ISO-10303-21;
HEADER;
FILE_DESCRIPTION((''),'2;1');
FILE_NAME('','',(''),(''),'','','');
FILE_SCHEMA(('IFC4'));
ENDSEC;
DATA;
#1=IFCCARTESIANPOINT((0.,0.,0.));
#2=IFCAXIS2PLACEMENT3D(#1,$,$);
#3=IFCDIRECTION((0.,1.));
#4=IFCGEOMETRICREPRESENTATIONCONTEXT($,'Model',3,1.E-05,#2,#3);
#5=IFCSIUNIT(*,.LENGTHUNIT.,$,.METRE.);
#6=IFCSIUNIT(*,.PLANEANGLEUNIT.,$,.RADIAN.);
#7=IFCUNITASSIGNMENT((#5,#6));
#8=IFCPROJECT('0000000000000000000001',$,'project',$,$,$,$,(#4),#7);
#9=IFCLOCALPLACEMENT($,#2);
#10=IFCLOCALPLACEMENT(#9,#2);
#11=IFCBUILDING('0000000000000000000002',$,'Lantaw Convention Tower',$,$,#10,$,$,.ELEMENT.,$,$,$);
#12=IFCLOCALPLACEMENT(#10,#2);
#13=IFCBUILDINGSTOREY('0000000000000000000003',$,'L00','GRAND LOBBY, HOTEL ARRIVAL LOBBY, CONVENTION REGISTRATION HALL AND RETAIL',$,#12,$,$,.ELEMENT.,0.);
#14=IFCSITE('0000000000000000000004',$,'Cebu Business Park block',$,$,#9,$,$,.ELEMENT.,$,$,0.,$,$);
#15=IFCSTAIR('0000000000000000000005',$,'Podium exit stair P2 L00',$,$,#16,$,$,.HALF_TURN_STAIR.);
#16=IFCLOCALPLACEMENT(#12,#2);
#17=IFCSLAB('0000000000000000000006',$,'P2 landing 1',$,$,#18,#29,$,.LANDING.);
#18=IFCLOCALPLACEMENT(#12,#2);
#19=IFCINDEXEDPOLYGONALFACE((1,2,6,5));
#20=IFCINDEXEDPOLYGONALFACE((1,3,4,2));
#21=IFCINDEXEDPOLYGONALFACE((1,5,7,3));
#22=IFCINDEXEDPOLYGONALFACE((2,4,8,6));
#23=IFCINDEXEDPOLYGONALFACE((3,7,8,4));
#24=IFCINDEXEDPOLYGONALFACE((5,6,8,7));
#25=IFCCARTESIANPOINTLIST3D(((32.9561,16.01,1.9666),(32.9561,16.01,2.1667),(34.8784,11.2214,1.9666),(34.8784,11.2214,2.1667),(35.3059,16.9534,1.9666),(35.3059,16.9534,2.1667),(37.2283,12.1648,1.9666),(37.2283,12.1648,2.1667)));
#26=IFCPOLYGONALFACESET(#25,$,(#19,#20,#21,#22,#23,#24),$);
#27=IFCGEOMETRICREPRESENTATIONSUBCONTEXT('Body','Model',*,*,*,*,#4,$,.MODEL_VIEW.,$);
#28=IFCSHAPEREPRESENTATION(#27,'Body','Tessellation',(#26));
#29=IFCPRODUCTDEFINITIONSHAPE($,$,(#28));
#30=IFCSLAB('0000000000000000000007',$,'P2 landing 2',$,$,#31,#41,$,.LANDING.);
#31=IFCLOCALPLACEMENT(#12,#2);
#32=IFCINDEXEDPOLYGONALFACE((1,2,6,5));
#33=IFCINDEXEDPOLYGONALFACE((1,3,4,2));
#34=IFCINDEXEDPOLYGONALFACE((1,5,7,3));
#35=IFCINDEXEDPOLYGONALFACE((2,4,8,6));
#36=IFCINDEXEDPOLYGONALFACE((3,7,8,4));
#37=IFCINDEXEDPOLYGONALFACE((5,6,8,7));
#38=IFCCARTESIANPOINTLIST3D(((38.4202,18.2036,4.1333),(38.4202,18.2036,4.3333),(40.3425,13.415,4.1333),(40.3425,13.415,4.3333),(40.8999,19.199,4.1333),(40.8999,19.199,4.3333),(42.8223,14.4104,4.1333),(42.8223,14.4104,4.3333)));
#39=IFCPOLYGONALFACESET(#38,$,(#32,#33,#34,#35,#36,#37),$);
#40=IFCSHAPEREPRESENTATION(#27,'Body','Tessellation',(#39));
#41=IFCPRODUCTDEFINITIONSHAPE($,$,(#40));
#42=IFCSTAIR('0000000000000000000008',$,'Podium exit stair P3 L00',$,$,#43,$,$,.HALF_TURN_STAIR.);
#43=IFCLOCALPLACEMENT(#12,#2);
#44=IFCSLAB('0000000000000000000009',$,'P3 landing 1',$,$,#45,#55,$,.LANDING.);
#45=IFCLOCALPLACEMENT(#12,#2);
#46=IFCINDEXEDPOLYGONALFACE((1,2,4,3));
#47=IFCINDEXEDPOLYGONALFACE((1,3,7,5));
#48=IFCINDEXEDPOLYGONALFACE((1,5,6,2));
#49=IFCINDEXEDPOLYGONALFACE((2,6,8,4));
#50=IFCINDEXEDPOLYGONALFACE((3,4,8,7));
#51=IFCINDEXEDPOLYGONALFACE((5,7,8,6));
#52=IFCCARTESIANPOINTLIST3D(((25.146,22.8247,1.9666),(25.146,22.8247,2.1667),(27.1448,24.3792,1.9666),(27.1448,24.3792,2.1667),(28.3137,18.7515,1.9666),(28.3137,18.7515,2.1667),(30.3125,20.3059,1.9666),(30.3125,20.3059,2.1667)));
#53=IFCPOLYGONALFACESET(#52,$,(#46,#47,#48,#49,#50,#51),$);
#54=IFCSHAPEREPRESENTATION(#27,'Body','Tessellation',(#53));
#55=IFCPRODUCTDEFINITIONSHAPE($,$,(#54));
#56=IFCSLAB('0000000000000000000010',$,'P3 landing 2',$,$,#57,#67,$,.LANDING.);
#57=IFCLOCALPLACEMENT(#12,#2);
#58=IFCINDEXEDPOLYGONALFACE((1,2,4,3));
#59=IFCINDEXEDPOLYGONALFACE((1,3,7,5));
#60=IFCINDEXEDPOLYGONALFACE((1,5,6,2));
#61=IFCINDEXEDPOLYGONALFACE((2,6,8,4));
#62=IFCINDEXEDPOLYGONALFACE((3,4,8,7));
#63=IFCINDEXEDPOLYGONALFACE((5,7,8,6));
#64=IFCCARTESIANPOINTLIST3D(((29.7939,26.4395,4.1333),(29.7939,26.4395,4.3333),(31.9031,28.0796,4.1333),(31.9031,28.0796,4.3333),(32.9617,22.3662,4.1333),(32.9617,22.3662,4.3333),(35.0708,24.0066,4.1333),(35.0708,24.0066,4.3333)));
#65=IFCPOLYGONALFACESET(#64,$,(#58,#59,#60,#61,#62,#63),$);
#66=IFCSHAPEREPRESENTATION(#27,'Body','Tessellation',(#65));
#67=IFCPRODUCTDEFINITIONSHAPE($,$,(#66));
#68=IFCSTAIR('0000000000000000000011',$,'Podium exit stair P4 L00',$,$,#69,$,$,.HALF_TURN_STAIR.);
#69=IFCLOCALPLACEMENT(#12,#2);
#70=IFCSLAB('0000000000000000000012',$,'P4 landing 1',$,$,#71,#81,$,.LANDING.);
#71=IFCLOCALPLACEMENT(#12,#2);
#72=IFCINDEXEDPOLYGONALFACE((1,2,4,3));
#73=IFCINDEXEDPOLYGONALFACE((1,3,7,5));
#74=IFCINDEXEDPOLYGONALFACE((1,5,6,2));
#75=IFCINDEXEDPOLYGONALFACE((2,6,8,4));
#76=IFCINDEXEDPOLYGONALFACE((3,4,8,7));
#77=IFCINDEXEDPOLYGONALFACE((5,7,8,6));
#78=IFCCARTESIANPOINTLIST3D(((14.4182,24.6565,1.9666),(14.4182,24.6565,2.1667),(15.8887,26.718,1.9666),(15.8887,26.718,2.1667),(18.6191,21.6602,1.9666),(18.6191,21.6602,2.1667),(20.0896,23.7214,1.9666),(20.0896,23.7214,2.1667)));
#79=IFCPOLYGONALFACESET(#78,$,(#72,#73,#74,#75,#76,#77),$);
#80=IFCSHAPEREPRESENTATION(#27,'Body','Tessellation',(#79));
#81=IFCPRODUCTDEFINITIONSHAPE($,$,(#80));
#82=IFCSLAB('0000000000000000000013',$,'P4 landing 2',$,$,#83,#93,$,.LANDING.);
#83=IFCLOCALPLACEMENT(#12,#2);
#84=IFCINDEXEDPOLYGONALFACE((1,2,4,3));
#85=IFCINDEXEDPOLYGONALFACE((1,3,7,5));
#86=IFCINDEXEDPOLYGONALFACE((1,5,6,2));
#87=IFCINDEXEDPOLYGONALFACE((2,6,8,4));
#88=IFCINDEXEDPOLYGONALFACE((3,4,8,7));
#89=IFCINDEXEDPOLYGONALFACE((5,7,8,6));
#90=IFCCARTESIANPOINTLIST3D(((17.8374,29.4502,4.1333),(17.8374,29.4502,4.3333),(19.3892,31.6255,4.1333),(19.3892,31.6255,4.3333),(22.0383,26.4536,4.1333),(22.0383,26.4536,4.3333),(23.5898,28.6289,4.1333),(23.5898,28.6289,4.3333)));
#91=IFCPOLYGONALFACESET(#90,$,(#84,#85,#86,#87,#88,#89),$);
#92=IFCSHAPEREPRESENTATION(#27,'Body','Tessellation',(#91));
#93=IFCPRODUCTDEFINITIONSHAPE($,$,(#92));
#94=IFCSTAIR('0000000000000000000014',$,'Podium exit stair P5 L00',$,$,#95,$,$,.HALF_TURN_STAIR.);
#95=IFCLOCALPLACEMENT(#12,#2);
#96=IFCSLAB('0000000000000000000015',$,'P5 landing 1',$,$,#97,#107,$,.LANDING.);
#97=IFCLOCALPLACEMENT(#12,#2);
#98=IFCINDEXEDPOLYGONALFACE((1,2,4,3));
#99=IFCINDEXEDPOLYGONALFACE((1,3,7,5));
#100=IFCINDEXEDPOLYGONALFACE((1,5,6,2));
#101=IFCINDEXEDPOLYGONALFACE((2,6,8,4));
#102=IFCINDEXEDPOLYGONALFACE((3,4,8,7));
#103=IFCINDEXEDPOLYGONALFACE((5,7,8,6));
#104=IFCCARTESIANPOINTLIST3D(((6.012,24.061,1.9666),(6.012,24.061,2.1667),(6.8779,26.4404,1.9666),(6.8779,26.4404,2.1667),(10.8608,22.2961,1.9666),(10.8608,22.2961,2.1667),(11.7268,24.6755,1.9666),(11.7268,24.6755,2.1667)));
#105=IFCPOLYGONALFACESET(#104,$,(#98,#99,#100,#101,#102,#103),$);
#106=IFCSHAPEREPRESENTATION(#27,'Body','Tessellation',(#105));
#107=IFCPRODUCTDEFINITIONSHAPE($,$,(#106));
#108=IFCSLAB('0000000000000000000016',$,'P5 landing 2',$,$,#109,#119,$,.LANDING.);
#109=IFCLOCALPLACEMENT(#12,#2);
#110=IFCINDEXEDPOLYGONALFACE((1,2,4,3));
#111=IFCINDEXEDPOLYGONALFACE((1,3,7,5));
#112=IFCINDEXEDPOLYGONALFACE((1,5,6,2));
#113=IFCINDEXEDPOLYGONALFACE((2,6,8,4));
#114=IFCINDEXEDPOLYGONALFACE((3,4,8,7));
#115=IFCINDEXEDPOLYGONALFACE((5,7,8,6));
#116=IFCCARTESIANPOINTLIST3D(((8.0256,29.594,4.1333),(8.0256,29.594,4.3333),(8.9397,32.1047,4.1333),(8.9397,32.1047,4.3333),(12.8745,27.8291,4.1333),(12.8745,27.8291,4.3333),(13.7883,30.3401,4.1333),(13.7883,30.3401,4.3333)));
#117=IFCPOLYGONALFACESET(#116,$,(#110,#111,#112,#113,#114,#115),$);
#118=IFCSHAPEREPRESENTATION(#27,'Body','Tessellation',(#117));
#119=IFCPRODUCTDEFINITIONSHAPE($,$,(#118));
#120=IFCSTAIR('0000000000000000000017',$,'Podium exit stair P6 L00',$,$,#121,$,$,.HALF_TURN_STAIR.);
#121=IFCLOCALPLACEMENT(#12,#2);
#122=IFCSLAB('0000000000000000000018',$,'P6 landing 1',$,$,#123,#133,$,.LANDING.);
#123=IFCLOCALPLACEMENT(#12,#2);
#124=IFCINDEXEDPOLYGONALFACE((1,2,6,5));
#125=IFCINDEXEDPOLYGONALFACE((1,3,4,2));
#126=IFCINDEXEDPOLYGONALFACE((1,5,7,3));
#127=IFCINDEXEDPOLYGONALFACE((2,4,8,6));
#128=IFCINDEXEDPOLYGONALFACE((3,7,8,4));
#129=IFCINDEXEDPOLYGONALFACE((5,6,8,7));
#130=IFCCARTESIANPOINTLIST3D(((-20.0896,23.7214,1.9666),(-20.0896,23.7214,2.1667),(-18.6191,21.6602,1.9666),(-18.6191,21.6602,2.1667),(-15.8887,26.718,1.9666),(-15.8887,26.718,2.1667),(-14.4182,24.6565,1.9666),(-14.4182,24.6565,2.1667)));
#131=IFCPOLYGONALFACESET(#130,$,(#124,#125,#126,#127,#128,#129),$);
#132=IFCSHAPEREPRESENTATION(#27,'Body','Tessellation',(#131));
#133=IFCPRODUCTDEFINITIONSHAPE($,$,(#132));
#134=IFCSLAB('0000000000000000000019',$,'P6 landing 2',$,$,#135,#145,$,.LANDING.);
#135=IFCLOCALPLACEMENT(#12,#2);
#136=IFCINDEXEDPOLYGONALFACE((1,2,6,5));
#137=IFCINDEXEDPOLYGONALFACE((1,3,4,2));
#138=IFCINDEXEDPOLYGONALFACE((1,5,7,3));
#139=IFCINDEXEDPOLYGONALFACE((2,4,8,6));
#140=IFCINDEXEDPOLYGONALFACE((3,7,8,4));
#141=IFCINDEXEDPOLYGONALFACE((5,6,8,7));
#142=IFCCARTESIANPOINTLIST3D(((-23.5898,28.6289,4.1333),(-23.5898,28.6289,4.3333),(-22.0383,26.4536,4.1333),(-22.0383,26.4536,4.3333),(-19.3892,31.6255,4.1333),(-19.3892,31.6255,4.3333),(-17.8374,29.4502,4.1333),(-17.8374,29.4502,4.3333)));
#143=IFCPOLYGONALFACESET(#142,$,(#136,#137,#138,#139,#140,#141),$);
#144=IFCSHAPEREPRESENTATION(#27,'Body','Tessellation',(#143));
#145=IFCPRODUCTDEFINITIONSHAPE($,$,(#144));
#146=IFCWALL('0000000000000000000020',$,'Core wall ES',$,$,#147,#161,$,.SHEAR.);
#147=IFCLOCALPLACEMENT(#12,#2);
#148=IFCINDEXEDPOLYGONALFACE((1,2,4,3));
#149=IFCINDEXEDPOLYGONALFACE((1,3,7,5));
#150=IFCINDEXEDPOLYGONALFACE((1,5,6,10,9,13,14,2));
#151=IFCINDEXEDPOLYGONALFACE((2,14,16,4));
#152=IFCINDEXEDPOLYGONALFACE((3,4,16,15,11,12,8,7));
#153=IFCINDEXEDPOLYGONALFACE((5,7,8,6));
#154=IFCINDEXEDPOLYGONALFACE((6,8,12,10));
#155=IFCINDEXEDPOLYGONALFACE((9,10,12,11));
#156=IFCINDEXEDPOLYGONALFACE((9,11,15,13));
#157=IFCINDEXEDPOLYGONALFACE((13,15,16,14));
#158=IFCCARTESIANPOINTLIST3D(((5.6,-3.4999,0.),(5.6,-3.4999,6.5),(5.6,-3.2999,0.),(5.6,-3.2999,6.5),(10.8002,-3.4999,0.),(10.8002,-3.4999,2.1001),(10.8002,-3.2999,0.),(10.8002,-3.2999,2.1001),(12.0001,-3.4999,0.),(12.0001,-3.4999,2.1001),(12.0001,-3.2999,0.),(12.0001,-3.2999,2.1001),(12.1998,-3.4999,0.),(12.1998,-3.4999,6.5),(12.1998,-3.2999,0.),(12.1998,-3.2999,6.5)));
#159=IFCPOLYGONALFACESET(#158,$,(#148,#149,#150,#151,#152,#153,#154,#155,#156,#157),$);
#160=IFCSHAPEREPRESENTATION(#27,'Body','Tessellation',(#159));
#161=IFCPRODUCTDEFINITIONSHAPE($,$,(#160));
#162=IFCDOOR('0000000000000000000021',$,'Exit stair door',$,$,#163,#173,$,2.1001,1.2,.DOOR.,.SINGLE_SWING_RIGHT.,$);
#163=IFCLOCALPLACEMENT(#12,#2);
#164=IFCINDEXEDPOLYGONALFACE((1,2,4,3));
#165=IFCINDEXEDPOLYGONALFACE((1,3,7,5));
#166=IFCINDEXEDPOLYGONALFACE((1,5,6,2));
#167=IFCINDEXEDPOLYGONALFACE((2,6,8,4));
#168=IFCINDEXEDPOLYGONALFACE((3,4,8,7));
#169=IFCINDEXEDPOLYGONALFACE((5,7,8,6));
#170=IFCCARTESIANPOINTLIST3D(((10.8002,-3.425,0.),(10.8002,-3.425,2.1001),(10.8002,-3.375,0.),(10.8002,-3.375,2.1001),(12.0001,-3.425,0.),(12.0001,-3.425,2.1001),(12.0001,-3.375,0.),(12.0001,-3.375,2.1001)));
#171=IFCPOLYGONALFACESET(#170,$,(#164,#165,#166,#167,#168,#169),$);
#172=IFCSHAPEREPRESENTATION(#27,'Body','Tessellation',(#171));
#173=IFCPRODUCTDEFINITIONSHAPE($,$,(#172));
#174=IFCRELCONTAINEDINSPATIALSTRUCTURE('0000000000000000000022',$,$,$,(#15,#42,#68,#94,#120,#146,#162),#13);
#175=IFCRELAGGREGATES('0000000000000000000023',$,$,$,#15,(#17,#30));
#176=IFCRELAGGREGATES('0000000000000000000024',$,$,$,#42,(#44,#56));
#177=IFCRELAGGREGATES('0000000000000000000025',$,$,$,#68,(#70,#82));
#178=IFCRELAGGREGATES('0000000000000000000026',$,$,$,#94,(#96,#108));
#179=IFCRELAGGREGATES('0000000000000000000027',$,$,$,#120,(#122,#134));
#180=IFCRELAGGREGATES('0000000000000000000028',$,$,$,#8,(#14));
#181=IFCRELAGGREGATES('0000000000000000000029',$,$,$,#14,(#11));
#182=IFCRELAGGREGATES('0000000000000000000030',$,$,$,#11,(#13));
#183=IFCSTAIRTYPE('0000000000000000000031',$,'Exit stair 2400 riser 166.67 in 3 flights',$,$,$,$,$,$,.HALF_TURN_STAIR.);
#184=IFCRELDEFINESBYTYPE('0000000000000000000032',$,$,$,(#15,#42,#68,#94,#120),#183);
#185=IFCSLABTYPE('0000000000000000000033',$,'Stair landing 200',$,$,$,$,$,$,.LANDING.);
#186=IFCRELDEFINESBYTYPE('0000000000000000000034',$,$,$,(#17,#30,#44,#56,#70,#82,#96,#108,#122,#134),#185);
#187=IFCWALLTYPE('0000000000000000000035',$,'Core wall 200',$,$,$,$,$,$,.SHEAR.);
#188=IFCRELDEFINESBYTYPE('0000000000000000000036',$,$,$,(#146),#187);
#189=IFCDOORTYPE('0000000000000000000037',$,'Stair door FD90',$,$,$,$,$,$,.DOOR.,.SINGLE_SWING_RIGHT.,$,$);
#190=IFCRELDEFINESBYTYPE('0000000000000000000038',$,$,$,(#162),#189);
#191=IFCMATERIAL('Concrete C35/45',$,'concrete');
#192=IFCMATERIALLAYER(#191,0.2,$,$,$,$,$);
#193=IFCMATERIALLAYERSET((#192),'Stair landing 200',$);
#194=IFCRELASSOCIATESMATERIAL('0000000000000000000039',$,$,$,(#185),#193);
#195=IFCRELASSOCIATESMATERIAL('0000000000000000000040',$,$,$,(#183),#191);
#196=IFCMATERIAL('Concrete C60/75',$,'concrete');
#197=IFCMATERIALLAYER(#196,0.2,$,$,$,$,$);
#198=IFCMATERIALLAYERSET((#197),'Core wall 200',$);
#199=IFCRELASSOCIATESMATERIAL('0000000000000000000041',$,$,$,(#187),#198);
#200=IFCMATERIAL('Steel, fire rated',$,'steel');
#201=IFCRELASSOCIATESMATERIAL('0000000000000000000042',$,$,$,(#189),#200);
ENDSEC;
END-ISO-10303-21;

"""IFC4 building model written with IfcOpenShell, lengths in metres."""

from ifc_helpers import new_model, si_unit, direction, frame, frame_2d, origin, place, context, subcontext, project, spatial, polyline, rectangle, outline, extrude, material, layer, layer_set, type_object, element, fill, aggregate, save


model = new_model("IFC4")

# Units and contexts
model_context = context("Model", 3, precision=1e-05, world=origin(), true_north=direction((0.0, 1.0)))
body_context = subcontext(model_context, "Body", "Model", "MODEL_VIEW")
ifc_project = project(units=[si_unit("LENGTHUNIT", "METRE"), si_unit("PLANEANGLEUNIT", "RADIAN")], contexts=[model_context])

# Site, building, storey
site_placement = place(None, origin())
site = spatial("IfcSite", under=ifc_project, at=site_placement, Name="Cebu Business Park block", CompositionType="ELEMENT", RefElevation=0.0)
building_placement = place(site_placement, origin())
building = spatial("IfcBuilding", under=site, at=building_placement, Name="Lantaw Convention Tower", CompositionType="ELEMENT")
storey_placement = place(building_placement, origin())
storey = spatial("IfcBuildingStorey", under=building, at=storey_placement, Name="L00", Description="GRAND LOBBY, HOTEL ARRIVAL LOBBY, CONVENTION REGISTRATION HALL AND RETAIL", CompositionType="ELEMENT", Elevation=0.0)

# Stairs, slabs
ifc_material_1 = material(Name="Concrete C35/45", Category="concrete")
ifc_layer_1 = layer(ifc_material_1, 0.2)
ifc_layer_set_1 = layer_set([ifc_layer_1], Name="Stair landing 200")
slab_type = type_object("IfcSlabType", Name="Stair landing 200", PredefinedType="LANDING", material=ifc_layer_set_1)
stair_type_1 = type_object("IfcStairType", Name="Exit stair 2400 riser 166.67 in 3 flights", PredefinedType="HALF_TURN_STAIR", material=ifc_material_1)
stair_1_placement = place(storey_placement, origin())
stair_1 = element("IfcStair", 1, at=stair_1_placement, inside=storey, type_object=stair_type_1, Name="Podium exit stair P2 L00", PredefinedType="HALF_TURN_STAIR")
slab_1_placement = place(storey_placement, frame((0.0, 0.0, 1.9666)))
slab_1 = element("IfcSlab", 2, at=slab_1_placement, type_object=slab_type, Name="P2 landing 1", PredefinedType="LANDING", context=body_context, shape_type="SweptSolid", body=[
    extrude(outline(polyline([(34.8784, 11.2214), (37.2283, 12.1648), (35.3059, 16.9534), (32.9561, 16.01), (34.8784, 11.2214)])), origin(), (0.0, 0.0, 1.0), 0.2002),
])
slab_2_placement = place(storey_placement, frame((0.0, 0.0, 4.1333)))
slab_2 = element("IfcSlab", 3, at=slab_2_placement, type_object=slab_type, Name="P2 landing 2", PredefinedType="LANDING", context=body_context, shape_type="SweptSolid", body=[
    extrude(outline(polyline([(40.3425, 13.415), (42.8223, 14.4104), (40.8999, 19.199), (38.4202, 18.2036), (40.3425, 13.415)])), origin(), (0.0, 0.0, 1.0), 0.2),
])
aggregate(stair_1, [slab_1, slab_2])
stair_2_placement = place(storey_placement, origin())
stair_2 = element("IfcStair", 4, at=stair_2_placement, inside=storey, type_object=stair_type_1, Name="Podium exit stair P3 L00", PredefinedType="HALF_TURN_STAIR")
slab_3_placement = place(storey_placement, frame((0.0, 0.0, 1.9666)))
slab_3 = element("IfcSlab", 5, at=slab_3_placement, type_object=slab_type, Name="P3 landing 1", PredefinedType="LANDING", context=body_context, shape_type="SweptSolid", body=[
    extrude(outline(polyline([(28.3137, 18.7515), (30.3125, 20.3059), (27.1448, 24.3792), (25.146, 22.8247), (28.3137, 18.7515)])), origin(), (0.0, 0.0, 1.0), 0.2002),
])
slab_4_placement = place(storey_placement, frame((0.0, 0.0, 4.1333)))
slab_4 = element("IfcSlab", 6, at=slab_4_placement, type_object=slab_type, Name="P3 landing 2", PredefinedType="LANDING", context=body_context, shape_type="SweptSolid", body=[
    extrude(outline(polyline([(32.9617, 22.3662), (35.0708, 24.0066), (31.9031, 28.0796), (29.7939, 26.4395), (32.9617, 22.3662)])), origin(), (0.0, 0.0, 1.0), 0.2),
])
aggregate(stair_2, [slab_3, slab_4])
stair_3_placement = place(storey_placement, origin())
stair_3 = element("IfcStair", 7, at=stair_3_placement, inside=storey, type_object=stair_type_1, Name="Podium exit stair P4 L00", PredefinedType="HALF_TURN_STAIR")
slab_5_placement = place(storey_placement, frame((0.0, 0.0, 1.9666)))
slab_5 = element("IfcSlab", 8, at=slab_5_placement, type_object=slab_type, Name="P4 landing 1", PredefinedType="LANDING", context=body_context, shape_type="SweptSolid", body=[
    extrude(outline(polyline([(18.6191, 21.6602), (20.0896, 23.7214), (15.8887, 26.718), (14.4182, 24.6565), (18.6191, 21.6602)])), origin(), (0.0, 0.0, 1.0), 0.2002),
])
slab_6_placement = place(storey_placement, frame((0.0, 0.0, 4.1333)))
slab_6 = element("IfcSlab", 9, at=slab_6_placement, type_object=slab_type, Name="P4 landing 2", PredefinedType="LANDING", context=body_context, shape_type="SweptSolid", body=[
    extrude(outline(polyline([(22.0383, 26.4536), (23.5898, 28.6289), (19.3892, 31.6255), (17.8374, 29.4502), (22.0383, 26.4536)])), origin(), (0.0, 0.0, 1.0), 0.2),
])
aggregate(stair_3, [slab_5, slab_6])
stair_4_placement = place(storey_placement, origin())
stair_4 = element("IfcStair", 10, at=stair_4_placement, inside=storey, type_object=stair_type_1, Name="Podium exit stair P5 L00", PredefinedType="HALF_TURN_STAIR")
slab_7_placement = place(storey_placement, frame((0.0, 0.0, 1.9666)))
slab_7 = element("IfcSlab", 11, at=slab_7_placement, type_object=slab_type, Name="P5 landing 1", PredefinedType="LANDING", context=body_context, shape_type="SweptSolid", body=[
    extrude(outline(polyline([(10.8608, 22.2961), (11.7268, 24.6755), (6.8779, 26.4404), (6.012, 24.061), (10.8608, 22.2961)])), origin(), (0.0, 0.0, 1.0), 0.2002),
])
slab_8_placement = place(storey_placement, frame((0.0, 0.0, 4.1333)))
slab_8 = element("IfcSlab", 12, at=slab_8_placement, type_object=slab_type, Name="P5 landing 2", PredefinedType="LANDING", context=body_context, shape_type="SweptSolid", body=[
    extrude(outline(polyline([(12.8745, 27.8291), (13.7883, 30.3401), (8.9397, 32.1047), (8.0256, 29.594), (12.8745, 27.8291)])), origin(), (0.0, 0.0, 1.0), 0.2),
])
aggregate(stair_4, [slab_7, slab_8])
stair_5_placement = place(storey_placement, origin())
stair_5 = element("IfcStair", 13, at=stair_5_placement, inside=storey, type_object=stair_type_1, Name="Podium exit stair P6 L00", PredefinedType="HALF_TURN_STAIR")
slab_9_placement = place(storey_placement, frame((0.0, 0.0, 1.9666)))
slab_9 = element("IfcSlab", 14, at=slab_9_placement, type_object=slab_type, Name="P6 landing 1", PredefinedType="LANDING", context=body_context, shape_type="SweptSolid", body=[
    extrude(outline(polyline([(-14.4182, 24.6565), (-15.8887, 26.718), (-20.0896, 23.7214), (-18.6191, 21.6602), (-14.4182, 24.6565)])), origin(), (0.0, 0.0, 1.0), 0.2002),
])
slab_10_placement = place(storey_placement, frame((0.0, 0.0, 4.1333)))
slab_10 = element("IfcSlab", 15, at=slab_10_placement, type_object=slab_type, Name="P6 landing 2", PredefinedType="LANDING", context=body_context, shape_type="SweptSolid", body=[
    extrude(outline(polyline([(-17.8374, 29.4502), (-19.3892, 31.6255), (-23.5898, 28.6289), (-22.0383, 26.4536), (-17.8374, 29.4502)])), origin(), (0.0, 0.0, 1.0), 0.2),
])
aggregate(stair_5, [slab_9, slab_10])

# Wall, opening, door
ifc_material_2 = material(Name="Concrete C60/75", Category="concrete")
ifc_layer_2 = layer(ifc_material_2, 0.2)
ifc_layer_set_2 = layer_set([ifc_layer_2], Name="Core wall 200")
wall_type_1 = type_object("IfcWallType", Name="Core wall 200", PredefinedType="SHEAR", material=ifc_layer_set_2)
wall_1_placement = place(storey_placement, frame((5.6001, -3.3999, 0.0), z_axis=(0.0, 0.0, 1.0), x_axis=(1.0, 0.0, 0.0)))
wall_1 = element("IfcWall", 16, at=wall_1_placement, inside=storey, type_object=wall_type_1, Name="Core wall ES", PredefinedType="SHEAR", context=body_context, shape_type="SweptSolid", body=[
    extrude(rectangle(XDim=6.5999, YDim=0.2, at=frame_2d((3.2998, 0.0))), origin(), (0.0, 0.0, 1.0), 6.5),
])
opening_1_placement = place(wall_1_placement, frame((5.2, 0.0, 0.0)))
opening_1 = element("IfcOpeningElement", 17, at=opening_1_placement, cuts=wall_1, PredefinedType="OPENING", context=body_context, shape_type="SweptSolid", body=[
    extrude(rectangle(XDim=1.2, YDim=2.1001, at=frame_2d((0.6001, 1.05))), frame((0.0, 0.1099, 0.0), z_axis=(0.0, -1.0, 0.0), x_axis=(1.0, 0.0, 0.0)), (0.0, 0.0, 1.0), 0.22),
])
ifc_material_3 = material(Name="Steel, fire rated", Category="steel")
door_type_1 = type_object("IfcDoorType", Name="Stair door FD90", OperationType="SINGLE_SWING_RIGHT", PredefinedType="DOOR", material=ifc_material_3)
door_1_placement = place(opening_1_placement, origin())
door_1 = element("IfcDoor", 18, at=door_1_placement, inside=storey, type_object=door_type_1, Name="Exit stair door", OperationType="SINGLE_SWING_RIGHT", OverallHeight=2.1001, OverallWidth=1.2, PredefinedType="DOOR", context=body_context, shape_type="SweptSolid", body=[
    extrude(rectangle(XDim=1.2, YDim=2.1001, at=frame_2d((0.6001, 1.05))), frame((0.0, 0.0249, 0.0), z_axis=(0.0, -1.0, 0.0), x_axis=(1.0, 0.0, 0.0)), (0.0, 0.0, 1.0), 0.05),
])
fill(opening_1, door_1)

save(model, "model.ifc")
